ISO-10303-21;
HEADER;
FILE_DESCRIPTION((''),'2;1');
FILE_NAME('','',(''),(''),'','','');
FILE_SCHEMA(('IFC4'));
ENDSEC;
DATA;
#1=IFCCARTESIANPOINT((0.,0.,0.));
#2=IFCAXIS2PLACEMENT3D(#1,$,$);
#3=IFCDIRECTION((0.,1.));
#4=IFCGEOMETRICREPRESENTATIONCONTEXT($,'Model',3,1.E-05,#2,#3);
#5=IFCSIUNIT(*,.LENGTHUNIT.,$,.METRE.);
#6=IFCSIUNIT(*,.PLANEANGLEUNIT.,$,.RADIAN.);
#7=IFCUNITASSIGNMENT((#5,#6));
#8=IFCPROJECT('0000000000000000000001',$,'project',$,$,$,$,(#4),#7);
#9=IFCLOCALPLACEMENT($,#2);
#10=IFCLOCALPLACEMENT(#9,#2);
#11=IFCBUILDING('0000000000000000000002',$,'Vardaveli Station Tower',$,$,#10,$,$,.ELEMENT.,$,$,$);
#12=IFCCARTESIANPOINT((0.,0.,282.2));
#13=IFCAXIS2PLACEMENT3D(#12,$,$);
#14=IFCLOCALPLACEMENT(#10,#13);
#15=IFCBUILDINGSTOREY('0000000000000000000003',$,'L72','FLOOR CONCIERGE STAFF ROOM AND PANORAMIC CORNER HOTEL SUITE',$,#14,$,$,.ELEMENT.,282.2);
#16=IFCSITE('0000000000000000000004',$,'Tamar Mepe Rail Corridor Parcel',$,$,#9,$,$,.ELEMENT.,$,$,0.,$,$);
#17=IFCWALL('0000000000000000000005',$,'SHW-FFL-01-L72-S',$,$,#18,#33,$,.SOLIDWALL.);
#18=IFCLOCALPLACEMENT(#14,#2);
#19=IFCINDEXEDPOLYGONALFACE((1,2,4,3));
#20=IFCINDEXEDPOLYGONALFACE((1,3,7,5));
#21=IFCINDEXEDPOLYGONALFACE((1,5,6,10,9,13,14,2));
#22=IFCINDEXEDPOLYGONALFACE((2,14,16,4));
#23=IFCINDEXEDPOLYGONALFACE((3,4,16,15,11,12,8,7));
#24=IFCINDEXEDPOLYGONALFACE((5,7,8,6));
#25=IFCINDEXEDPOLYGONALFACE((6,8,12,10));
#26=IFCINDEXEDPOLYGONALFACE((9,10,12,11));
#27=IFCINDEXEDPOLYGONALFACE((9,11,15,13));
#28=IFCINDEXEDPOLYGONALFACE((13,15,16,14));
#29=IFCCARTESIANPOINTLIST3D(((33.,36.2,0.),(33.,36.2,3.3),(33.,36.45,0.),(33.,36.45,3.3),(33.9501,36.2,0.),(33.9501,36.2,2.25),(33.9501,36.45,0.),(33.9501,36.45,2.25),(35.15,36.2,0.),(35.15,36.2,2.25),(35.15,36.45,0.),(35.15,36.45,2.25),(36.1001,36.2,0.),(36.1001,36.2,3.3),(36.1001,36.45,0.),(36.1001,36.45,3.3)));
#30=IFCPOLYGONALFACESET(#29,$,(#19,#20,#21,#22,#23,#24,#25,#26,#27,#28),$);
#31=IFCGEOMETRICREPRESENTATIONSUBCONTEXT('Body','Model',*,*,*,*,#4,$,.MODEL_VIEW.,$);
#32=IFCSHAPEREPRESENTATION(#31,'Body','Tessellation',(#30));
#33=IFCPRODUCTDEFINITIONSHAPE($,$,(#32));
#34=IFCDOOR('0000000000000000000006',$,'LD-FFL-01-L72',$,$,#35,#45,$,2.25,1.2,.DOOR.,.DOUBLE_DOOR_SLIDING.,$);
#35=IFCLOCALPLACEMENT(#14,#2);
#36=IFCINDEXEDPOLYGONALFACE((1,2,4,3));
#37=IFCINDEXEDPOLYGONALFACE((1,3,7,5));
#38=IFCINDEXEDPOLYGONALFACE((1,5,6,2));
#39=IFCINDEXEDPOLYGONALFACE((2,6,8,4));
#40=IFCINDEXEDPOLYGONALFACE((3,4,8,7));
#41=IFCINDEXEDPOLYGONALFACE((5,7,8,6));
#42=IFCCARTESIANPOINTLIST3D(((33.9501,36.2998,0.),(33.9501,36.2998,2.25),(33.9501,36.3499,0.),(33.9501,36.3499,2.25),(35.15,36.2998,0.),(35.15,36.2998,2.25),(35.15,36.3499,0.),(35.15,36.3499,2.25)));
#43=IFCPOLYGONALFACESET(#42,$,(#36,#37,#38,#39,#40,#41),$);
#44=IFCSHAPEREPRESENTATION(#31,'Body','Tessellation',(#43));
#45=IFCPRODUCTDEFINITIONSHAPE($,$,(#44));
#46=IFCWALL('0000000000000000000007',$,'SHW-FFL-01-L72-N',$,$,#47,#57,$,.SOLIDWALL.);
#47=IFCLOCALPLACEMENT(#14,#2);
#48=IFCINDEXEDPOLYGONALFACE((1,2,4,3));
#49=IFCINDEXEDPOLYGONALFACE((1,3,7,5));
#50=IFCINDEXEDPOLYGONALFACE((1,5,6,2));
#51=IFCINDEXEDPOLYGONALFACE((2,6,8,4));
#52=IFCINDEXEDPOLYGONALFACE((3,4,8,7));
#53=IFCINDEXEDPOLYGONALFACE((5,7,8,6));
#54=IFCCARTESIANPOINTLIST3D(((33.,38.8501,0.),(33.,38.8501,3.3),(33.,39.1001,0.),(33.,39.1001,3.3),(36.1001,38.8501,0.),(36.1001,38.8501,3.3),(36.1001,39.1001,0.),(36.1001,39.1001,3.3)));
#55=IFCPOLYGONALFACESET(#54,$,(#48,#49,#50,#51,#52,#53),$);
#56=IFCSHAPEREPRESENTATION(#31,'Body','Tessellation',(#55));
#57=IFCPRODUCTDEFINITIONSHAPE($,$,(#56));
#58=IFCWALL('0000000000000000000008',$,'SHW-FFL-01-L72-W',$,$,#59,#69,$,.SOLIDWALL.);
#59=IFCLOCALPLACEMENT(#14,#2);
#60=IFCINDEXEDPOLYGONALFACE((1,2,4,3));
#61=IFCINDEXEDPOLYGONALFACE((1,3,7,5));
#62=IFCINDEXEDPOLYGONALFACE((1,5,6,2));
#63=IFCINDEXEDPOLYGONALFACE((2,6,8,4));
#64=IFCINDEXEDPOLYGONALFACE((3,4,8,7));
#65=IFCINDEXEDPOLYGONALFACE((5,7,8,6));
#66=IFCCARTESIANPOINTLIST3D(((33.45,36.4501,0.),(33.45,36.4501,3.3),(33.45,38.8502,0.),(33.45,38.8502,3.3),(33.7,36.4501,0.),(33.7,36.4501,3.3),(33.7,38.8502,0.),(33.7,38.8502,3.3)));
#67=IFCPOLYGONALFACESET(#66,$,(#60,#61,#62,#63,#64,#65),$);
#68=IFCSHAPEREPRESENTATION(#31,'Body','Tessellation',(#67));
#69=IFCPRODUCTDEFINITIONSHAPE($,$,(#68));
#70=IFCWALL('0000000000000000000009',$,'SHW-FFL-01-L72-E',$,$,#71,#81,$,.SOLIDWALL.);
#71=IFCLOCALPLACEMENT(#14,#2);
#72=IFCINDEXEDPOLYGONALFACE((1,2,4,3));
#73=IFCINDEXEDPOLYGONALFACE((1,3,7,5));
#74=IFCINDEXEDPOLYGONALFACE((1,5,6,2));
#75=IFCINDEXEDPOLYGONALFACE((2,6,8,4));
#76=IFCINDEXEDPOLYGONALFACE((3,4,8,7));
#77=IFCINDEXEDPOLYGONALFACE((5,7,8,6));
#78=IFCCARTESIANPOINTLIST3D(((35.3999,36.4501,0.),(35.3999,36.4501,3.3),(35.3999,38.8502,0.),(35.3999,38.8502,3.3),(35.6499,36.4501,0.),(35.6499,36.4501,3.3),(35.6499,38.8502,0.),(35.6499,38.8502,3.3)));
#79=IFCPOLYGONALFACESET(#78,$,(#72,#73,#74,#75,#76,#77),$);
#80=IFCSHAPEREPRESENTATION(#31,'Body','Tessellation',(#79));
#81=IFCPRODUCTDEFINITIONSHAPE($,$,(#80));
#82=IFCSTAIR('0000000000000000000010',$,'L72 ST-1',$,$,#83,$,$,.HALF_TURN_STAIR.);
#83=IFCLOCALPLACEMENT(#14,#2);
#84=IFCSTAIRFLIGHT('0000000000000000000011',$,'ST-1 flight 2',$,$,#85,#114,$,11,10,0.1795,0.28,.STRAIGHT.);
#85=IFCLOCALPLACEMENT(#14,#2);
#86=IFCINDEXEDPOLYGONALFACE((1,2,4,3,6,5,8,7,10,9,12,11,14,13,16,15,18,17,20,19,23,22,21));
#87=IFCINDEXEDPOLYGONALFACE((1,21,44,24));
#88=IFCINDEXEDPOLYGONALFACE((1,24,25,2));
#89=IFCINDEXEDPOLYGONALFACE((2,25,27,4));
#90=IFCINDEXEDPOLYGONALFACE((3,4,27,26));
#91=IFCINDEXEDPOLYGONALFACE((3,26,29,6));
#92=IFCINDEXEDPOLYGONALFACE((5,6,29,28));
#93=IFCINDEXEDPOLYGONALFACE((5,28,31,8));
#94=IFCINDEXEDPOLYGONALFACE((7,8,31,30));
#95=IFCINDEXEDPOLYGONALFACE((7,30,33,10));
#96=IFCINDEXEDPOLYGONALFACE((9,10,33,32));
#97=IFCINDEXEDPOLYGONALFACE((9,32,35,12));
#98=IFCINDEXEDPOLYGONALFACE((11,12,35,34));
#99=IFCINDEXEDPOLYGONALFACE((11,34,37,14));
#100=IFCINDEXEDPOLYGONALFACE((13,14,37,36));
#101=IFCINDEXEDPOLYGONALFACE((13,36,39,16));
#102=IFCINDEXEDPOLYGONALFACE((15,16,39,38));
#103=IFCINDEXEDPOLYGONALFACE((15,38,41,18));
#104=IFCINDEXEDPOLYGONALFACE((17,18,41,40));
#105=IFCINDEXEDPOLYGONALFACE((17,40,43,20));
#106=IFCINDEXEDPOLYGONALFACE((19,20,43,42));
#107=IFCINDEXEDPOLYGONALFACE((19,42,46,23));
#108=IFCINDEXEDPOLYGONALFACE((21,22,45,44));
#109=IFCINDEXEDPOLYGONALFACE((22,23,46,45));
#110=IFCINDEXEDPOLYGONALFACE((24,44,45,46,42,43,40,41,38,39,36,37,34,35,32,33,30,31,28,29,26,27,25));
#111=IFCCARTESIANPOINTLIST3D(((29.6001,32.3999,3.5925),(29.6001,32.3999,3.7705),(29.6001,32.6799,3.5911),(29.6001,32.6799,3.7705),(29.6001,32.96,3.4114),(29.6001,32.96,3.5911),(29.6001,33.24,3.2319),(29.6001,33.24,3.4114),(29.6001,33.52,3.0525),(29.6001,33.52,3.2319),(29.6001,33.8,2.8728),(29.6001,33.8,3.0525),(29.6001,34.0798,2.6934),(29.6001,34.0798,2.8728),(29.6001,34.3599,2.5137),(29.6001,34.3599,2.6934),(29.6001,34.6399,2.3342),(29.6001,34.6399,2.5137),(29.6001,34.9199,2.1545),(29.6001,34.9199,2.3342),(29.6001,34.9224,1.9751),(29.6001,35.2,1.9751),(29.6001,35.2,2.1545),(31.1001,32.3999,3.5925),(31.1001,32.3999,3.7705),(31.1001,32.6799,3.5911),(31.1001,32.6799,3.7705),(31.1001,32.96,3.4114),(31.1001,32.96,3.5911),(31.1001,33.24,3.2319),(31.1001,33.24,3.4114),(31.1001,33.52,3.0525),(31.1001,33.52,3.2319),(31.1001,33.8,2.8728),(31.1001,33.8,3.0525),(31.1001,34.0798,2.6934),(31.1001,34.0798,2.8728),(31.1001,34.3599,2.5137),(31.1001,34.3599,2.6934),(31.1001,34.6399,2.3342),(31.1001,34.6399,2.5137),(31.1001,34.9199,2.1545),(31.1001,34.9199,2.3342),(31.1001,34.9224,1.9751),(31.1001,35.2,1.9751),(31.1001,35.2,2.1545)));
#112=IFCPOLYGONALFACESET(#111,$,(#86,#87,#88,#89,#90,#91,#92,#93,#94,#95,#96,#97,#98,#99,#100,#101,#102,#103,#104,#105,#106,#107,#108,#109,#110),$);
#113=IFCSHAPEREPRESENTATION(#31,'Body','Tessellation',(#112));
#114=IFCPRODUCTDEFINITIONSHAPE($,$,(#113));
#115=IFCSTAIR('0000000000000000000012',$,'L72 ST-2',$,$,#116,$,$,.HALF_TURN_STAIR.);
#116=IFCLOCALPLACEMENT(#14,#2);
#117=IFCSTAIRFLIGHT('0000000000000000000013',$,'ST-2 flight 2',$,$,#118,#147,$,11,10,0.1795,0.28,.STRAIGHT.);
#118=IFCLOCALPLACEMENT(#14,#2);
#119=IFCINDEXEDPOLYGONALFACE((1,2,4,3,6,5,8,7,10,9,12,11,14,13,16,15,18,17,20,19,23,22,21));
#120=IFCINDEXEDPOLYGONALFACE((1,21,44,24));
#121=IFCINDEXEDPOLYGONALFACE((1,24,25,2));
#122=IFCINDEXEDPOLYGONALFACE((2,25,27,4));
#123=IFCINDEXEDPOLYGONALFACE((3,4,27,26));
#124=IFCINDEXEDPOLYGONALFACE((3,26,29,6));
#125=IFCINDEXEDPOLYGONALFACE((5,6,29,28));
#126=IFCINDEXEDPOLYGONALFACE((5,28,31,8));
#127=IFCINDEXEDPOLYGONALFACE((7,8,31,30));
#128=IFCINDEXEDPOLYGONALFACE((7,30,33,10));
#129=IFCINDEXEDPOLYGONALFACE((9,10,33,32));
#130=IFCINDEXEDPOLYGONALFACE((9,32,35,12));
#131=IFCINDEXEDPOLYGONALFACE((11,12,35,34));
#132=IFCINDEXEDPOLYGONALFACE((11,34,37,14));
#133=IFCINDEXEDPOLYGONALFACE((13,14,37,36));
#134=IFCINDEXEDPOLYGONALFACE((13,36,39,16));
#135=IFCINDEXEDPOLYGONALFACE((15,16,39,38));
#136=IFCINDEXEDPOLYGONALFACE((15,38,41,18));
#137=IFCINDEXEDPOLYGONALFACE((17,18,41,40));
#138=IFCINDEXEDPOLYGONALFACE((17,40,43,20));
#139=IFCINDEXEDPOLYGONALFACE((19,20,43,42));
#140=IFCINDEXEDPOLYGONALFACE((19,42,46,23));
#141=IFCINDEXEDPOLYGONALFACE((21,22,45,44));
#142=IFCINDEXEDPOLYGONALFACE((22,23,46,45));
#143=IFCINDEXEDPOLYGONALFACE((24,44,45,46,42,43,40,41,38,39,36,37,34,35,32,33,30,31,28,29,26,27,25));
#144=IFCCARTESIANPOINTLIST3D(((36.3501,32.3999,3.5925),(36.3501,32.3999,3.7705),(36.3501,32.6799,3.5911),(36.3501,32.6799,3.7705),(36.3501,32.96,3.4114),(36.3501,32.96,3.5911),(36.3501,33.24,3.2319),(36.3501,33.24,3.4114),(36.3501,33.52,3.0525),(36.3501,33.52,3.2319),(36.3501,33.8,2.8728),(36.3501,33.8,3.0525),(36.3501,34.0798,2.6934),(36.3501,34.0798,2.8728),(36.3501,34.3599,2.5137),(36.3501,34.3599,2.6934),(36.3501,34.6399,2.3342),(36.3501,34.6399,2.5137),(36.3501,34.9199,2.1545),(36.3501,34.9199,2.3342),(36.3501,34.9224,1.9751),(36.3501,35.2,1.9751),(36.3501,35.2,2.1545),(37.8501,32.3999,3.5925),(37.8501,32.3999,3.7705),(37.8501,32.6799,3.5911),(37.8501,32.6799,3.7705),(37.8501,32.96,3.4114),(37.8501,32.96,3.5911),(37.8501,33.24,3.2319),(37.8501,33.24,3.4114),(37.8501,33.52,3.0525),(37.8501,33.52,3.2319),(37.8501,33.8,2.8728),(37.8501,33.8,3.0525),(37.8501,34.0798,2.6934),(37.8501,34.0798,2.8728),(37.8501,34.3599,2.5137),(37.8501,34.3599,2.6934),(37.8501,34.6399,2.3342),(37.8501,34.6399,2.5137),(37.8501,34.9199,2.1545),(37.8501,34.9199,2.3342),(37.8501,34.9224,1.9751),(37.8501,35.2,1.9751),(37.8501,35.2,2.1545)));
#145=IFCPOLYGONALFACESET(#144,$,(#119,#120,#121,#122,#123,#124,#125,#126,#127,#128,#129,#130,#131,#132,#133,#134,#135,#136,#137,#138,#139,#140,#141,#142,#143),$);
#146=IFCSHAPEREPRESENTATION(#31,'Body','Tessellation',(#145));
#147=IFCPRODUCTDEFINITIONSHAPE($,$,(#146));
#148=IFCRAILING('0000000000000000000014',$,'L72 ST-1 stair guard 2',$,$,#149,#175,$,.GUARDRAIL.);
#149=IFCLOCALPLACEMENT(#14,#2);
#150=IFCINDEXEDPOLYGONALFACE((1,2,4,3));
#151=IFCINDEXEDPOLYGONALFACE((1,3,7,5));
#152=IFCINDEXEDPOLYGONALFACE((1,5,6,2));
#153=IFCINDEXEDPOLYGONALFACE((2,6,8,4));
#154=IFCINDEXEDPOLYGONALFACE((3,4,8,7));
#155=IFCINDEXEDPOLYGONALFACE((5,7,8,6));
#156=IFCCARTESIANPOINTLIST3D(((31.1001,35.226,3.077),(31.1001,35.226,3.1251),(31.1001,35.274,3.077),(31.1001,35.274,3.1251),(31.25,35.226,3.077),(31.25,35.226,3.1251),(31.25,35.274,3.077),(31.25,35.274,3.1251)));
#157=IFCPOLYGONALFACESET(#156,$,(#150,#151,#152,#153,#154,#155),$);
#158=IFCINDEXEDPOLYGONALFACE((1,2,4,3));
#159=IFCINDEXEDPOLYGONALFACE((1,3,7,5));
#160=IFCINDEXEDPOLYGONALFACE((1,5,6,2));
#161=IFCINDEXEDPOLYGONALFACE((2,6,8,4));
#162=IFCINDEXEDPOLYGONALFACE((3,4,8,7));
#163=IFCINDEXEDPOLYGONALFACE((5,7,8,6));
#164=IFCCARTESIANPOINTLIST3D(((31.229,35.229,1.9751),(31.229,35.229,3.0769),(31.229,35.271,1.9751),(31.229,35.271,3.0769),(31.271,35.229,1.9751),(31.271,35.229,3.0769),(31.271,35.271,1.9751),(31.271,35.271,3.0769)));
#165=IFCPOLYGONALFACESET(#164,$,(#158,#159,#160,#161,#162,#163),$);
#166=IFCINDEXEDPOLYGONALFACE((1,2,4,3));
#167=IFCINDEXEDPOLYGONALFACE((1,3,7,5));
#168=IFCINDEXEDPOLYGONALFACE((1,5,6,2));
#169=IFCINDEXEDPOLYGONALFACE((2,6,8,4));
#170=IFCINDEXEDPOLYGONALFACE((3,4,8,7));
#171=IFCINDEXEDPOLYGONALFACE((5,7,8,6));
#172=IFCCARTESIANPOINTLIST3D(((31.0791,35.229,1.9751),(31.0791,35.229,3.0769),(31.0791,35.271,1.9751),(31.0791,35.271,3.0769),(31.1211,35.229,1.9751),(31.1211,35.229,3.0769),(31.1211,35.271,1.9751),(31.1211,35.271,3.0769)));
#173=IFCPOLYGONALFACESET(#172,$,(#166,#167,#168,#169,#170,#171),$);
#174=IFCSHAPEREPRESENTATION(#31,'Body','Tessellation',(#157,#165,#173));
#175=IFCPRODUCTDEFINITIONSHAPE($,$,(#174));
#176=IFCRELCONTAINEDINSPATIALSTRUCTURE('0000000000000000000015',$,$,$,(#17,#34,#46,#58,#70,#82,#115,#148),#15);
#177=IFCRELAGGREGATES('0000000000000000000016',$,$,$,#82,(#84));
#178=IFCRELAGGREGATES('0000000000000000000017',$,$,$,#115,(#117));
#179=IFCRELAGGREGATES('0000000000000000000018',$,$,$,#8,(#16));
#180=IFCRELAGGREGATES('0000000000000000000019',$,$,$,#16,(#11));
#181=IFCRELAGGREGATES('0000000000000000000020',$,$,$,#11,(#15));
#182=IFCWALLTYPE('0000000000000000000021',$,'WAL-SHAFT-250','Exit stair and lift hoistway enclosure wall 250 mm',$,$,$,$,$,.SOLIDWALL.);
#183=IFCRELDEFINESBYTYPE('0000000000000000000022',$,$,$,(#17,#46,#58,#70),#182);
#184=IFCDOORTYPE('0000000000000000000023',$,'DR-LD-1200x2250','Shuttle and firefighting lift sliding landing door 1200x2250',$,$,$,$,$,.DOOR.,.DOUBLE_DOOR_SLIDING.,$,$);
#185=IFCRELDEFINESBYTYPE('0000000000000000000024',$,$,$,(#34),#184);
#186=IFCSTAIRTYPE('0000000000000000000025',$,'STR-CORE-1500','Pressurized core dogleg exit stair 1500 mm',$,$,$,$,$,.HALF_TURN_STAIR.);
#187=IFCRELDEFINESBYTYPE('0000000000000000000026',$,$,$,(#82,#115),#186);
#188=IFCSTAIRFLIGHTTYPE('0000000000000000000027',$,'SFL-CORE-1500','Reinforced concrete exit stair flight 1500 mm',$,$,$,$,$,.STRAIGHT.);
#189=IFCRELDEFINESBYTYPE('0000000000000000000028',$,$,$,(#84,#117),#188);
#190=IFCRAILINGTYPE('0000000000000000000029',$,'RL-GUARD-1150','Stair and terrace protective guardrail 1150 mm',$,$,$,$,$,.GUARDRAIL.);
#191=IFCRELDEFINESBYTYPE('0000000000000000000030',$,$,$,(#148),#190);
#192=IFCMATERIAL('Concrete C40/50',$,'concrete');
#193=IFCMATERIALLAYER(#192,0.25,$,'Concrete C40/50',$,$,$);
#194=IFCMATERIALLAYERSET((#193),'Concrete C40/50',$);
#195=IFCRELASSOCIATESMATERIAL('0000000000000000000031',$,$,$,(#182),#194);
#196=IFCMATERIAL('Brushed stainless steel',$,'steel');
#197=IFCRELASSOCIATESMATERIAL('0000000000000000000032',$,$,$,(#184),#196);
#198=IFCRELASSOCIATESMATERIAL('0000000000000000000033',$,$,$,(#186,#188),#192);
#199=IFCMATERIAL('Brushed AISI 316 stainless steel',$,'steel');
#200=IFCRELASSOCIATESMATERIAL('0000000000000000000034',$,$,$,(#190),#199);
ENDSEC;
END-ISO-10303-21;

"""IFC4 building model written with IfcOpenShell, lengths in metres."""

from ifc_helpers import new_model, si_unit, direction, frame, frame_2d, origin, origin_2d, place, context, subcontext, project, spatial, polyline, rectangle, outline, extrude, source, transform, mapped, material, layer, layer_set, type_object, element, fill, aggregate, save


model = new_model("IFC4")

# Units and contexts
model_context = context("Model", 3, precision=1e-05, world=origin(), true_north=direction((0.0, 1.0)))
body_context = subcontext(model_context, "Body", "Model", "MODEL_VIEW")
ifc_project = project(units=[si_unit("LENGTHUNIT", "METRE"), si_unit("PLANEANGLEUNIT", "RADIAN")], contexts=[model_context])

# Site, building, storey
site_placement = place(None, origin())
site = spatial("IfcSite", under=ifc_project, at=site_placement, Name="Tamar Mepe Rail Corridor Parcel", CompositionType="ELEMENT", RefElevation=0.0)
building_placement = place(site_placement, origin())
building = spatial("IfcBuilding", under=site, at=building_placement, Name="Vardaveli Station Tower", CompositionType="ELEMENT")
storey_placement = place(building_placement, frame((0.0, 0.0, 282.2)))
storey = spatial("IfcBuildingStorey", under=building, at=storey_placement, Name="L72", Description="FLOOR CONCIERGE STAFF ROOM AND PANORAMIC CORNER HOTEL SUITE", CompositionType="ELEMENT", Elevation=282.2)

# Shared definitions
ifc_material_1 = material(Name="Concrete C40/50", Category="concrete")
ifc_layer_1 = layer(ifc_material_1, 0.25, Name="Concrete C40/50")
ifc_layer_set_1 = layer_set([ifc_layer_1], Name="Concrete C40/50")
wall_type_1 = type_object("IfcWallType", Name="WAL-SHAFT-250", Description="Exit stair and lift hoistway enclosure wall 250 mm", PredefinedType="SOLIDWALL", material=ifc_layer_set_1)

# Wall, opening, door
shared_shape_1 = source(origin(), body_context, "Body", "SweptSolid", [
    extrude(rectangle(XDim=3.1001, YDim=0.25, at=frame_2d((1.55, 0.0))), origin(), (0.0, 0.0, 1.0), 3.3),
])
wall_1_placement = place(storey_placement, frame((33.0, 36.325, 0.0), z_axis=(0.0, 0.0, 1.0), x_axis=(1.0, 0.0, 0.0)))
wall_1 = element("IfcWall", 1, at=wall_1_placement, inside=storey, type_object=wall_type_1, Name="SHW-FFL-01-L72-S", PredefinedType="SOLIDWALL", context=body_context, shape_type="MappedRepresentation", body=[
    mapped(shared_shape_1, transform((0.0, 0.0, 0.0), scale=1.0)),
])
shared_shape_2 = source(origin(), body_context, "Body", "SweptSolid", [
    extrude(rectangle(XDim=1.2, YDim=2.25, at=frame_2d((0.6001, 1.125))), frame((0.0, 0.135, 0.0), z_axis=(0.0, -1.0, 0.0), x_axis=(1.0, 0.0, 0.0)), (0.0, 0.0, 1.0), 0.27),
])
opening_1_placement = place(wall_1_placement, frame((0.95, 0.0, 0.0)))
opening_1 = element("IfcOpeningElement", 2, at=opening_1_placement, cuts=wall_1, PredefinedType="OPENING", context=body_context, shape_type="MappedRepresentation", body=[
    mapped(shared_shape_2, transform((0.0, 0.0, 0.0), scale=1.0)),
])
ifc_material_2 = material(Name="Brushed stainless steel", Category="steel")
door_type = type_object("IfcDoorType", Name="DR-LD-1200x2250", Description="Shuttle and firefighting lift sliding landing door 1200x2250", OperationType="DOUBLE_DOOR_SLIDING", PredefinedType="DOOR", material=ifc_material_2)
shared_shape_3 = source(origin(), body_context, "Body", "SweptSolid", [
    extrude(rectangle(XDim=1.2, YDim=2.25, at=frame_2d((0.6001, 1.125))), frame((0.0, 0.0249, 0.0), z_axis=(0.0, -1.0, 0.0), x_axis=(1.0, 0.0, 0.0)), (0.0, 0.0, 1.0), 0.05),
])
door_placement = place(opening_1_placement, origin())
door = element("IfcDoor", 3, at=door_placement, inside=storey, type_object=door_type, Name="LD-FFL-01-L72", OperationType="DOUBLE_DOOR_SLIDING", OverallHeight=2.25, OverallWidth=1.2, PredefinedType="DOOR", context=body_context, shape_type="MappedRepresentation", body=[
    mapped(shared_shape_3, transform((0.0, 0.0, 0.0), scale=1.0)),
])
fill(opening_1, door)

# Walls
wall_2_placement = place(storey_placement, frame((33.0, 38.9751, 0.0), z_axis=(0.0, 0.0, 1.0), x_axis=(1.0, 0.0, 0.0)))
element("IfcWall", 4, at=wall_2_placement, inside=storey, type_object=wall_type_1, Name="SHW-FFL-01-L72-N", PredefinedType="SOLIDWALL", context=body_context, shape_type="MappedRepresentation", body=[
    mapped(shared_shape_1, transform((0.0, 0.0, 0.0), scale=1.0)),
])
shared_shape_4 = source(origin(), body_context, "Body", "SweptSolid", [
    extrude(rectangle(XDim=2.4001, YDim=0.25, at=frame_2d((1.2002, 0.0))), origin(), (0.0, 0.0, 1.0), 3.3),
])
for number, where, z_axis, x_axis, name in (
    (5, (33.575, 36.45, 0.0), (0.0, 0.0, 1.0), (0.0, 1.0, 0.0), "SHW-FFL-01-L72-W"),
    (6, (35.5249, 36.45, 0.0), (0.0, 0.0, 1.0), (0.0, 1.0, 0.0), "SHW-FFL-01-L72-E"),
):
    element("IfcWall", number, at=place(storey_placement, frame(where, z_axis=z_axis, x_axis=x_axis)), inside=storey, type_object=wall_type_1, Name=name, PredefinedType="SOLIDWALL", context=body_context, shape_type="MappedRepresentation", body=[
        mapped(shared_shape_4, transform((0.0, 0.0, 0.0), scale=1.0)),
    ])

# Stairs, stair flights
stair_type = type_object("IfcStairType", Name="STR-CORE-1500", Description="Pressurized core dogleg exit stair 1500 mm", PredefinedType="HALF_TURN_STAIR", material=ifc_material_1)
stair_1_placement = place(storey_placement, origin())
stair_1 = element("IfcStair", 7, at=stair_1_placement, inside=storey, type_object=stair_type, Name="L72 ST-1", PredefinedType="HALF_TURN_STAIR")
stair_flight_type = type_object("IfcStairFlightType", Name="SFL-CORE-1500", Description="Reinforced concrete exit stair flight 1500 mm", PredefinedType="STRAIGHT", material=ifc_material_1)
shared_shape_5 = source(origin(), body_context, "Body", "SweptSolid", [
    extrude(outline(polyline([(0.0, 0.0), (0.0, 0.1794), (0.28, 0.1794), (0.28, 0.3591), (0.5601, 0.3591), (0.5601, 0.5386), (0.8401, 0.5386), (0.8401, 0.7183), (1.1201, 0.7183), (1.1201, 0.8977), (1.3999, 0.8977), (1.3999, 1.0774), (1.6799, 1.0774), (1.6799, 1.2568), (1.96, 1.2568), (1.96, 1.4363), (2.24, 1.4363), (2.24, 1.616), (2.52, 1.616), (2.52, 1.7954), (2.8, 1.7954), (2.8, 1.9751), (2.8, 1.6174), (0.2776, 0.0), (0.0, 0.0)])), frame((0.0, 0.75, 0.0), z_axis=(0.0, -1.0, 0.0), x_axis=(1.0, 0.0, 0.0)), (0.0, 0.0, 1.0), 1.5),
])
stair_flight_1_placement = place(storey_placement, frame((30.3501, 35.2, 1.9751), z_axis=(0.0, 0.0, 1.0), x_axis=(0.0, -1.0, 0.0)))
stair_flight_1 = element("IfcStairFlight", 8, at=stair_flight_1_placement, type_object=stair_flight_type, Name="ST-1 flight 2", NumberOfRisers=11, NumberOfTreads=10, PredefinedType="STRAIGHT", RiserHeight=0.1795, TreadLength=0.28, context=body_context, shape_type="MappedRepresentation", body=[
    mapped(shared_shape_5, transform((0.0, 0.0, 0.0), scale=1.0)),
])
aggregate(stair_1, [stair_flight_1])
stair_2_placement = place(storey_placement, origin())
stair_2 = element("IfcStair", 9, at=stair_2_placement, inside=storey, type_object=stair_type, Name="L72 ST-2", PredefinedType="HALF_TURN_STAIR")
stair_flight_2_placement = place(storey_placement, frame((37.1001, 35.2, 1.9751), z_axis=(0.0, 0.0, 1.0), x_axis=(0.0, -1.0, 0.0)))
stair_flight_2 = element("IfcStairFlight", 10, at=stair_flight_2_placement, type_object=stair_flight_type, Name="ST-2 flight 2", NumberOfRisers=11, NumberOfTreads=10, PredefinedType="STRAIGHT", RiserHeight=0.1795, TreadLength=0.28, context=body_context, shape_type="MappedRepresentation", body=[
    mapped(shared_shape_5, transform((0.0, 0.0, 0.0), scale=1.0)),
])
aggregate(stair_2, [stair_flight_2])

# Railing
ifc_material_3 = material(Name="Brushed AISI 316 stainless steel", Category="steel")
railing_type_1 = type_object("IfcRailingType", Name="RL-GUARD-1150", Description="Stair and terrace protective guardrail 1150 mm", PredefinedType="GUARDRAIL", material=ifc_material_3)
shared_shape_6 = source(origin(), body_context, "Body", "SweptSolid", [
    extrude(rectangle(XDim=0.0481, YDim=0.0481, at=origin_2d()), frame((0.0, 0.0, 1.126), z_axis=(-1.0, 0.0, 0.0), x_axis=(0.0, -1.0, 0.0)), (0.0, 0.0, 1.0), 0.1499),
    extrude(rectangle(XDim=0.042, YDim=0.042, at=origin_2d()), origin(), (0.0, 0.0, 1.0), 1.1018),
    extrude(rectangle(XDim=0.042, YDim=0.042, at=origin_2d()), frame((-0.1499, 0.0, 0.0)), (0.0, 0.0, 1.0), 1.1018),
])
for number, where, name in (
    (11, (31.25, 35.25, 1.9751), "L72 ST-1 stair guard 2"),
):
    element("IfcRailing", number, at=place(storey_placement, frame(where)), inside=storey, type_object=railing_type_1, Name=name, PredefinedType="GUARDRAIL", context=body_context, shape_type="MappedRepresentation", body=[
        mapped(shared_shape_6, transform((0.0, 0.0, 0.0), scale=1.0)),
    ])

save(model, "model.ifc")
